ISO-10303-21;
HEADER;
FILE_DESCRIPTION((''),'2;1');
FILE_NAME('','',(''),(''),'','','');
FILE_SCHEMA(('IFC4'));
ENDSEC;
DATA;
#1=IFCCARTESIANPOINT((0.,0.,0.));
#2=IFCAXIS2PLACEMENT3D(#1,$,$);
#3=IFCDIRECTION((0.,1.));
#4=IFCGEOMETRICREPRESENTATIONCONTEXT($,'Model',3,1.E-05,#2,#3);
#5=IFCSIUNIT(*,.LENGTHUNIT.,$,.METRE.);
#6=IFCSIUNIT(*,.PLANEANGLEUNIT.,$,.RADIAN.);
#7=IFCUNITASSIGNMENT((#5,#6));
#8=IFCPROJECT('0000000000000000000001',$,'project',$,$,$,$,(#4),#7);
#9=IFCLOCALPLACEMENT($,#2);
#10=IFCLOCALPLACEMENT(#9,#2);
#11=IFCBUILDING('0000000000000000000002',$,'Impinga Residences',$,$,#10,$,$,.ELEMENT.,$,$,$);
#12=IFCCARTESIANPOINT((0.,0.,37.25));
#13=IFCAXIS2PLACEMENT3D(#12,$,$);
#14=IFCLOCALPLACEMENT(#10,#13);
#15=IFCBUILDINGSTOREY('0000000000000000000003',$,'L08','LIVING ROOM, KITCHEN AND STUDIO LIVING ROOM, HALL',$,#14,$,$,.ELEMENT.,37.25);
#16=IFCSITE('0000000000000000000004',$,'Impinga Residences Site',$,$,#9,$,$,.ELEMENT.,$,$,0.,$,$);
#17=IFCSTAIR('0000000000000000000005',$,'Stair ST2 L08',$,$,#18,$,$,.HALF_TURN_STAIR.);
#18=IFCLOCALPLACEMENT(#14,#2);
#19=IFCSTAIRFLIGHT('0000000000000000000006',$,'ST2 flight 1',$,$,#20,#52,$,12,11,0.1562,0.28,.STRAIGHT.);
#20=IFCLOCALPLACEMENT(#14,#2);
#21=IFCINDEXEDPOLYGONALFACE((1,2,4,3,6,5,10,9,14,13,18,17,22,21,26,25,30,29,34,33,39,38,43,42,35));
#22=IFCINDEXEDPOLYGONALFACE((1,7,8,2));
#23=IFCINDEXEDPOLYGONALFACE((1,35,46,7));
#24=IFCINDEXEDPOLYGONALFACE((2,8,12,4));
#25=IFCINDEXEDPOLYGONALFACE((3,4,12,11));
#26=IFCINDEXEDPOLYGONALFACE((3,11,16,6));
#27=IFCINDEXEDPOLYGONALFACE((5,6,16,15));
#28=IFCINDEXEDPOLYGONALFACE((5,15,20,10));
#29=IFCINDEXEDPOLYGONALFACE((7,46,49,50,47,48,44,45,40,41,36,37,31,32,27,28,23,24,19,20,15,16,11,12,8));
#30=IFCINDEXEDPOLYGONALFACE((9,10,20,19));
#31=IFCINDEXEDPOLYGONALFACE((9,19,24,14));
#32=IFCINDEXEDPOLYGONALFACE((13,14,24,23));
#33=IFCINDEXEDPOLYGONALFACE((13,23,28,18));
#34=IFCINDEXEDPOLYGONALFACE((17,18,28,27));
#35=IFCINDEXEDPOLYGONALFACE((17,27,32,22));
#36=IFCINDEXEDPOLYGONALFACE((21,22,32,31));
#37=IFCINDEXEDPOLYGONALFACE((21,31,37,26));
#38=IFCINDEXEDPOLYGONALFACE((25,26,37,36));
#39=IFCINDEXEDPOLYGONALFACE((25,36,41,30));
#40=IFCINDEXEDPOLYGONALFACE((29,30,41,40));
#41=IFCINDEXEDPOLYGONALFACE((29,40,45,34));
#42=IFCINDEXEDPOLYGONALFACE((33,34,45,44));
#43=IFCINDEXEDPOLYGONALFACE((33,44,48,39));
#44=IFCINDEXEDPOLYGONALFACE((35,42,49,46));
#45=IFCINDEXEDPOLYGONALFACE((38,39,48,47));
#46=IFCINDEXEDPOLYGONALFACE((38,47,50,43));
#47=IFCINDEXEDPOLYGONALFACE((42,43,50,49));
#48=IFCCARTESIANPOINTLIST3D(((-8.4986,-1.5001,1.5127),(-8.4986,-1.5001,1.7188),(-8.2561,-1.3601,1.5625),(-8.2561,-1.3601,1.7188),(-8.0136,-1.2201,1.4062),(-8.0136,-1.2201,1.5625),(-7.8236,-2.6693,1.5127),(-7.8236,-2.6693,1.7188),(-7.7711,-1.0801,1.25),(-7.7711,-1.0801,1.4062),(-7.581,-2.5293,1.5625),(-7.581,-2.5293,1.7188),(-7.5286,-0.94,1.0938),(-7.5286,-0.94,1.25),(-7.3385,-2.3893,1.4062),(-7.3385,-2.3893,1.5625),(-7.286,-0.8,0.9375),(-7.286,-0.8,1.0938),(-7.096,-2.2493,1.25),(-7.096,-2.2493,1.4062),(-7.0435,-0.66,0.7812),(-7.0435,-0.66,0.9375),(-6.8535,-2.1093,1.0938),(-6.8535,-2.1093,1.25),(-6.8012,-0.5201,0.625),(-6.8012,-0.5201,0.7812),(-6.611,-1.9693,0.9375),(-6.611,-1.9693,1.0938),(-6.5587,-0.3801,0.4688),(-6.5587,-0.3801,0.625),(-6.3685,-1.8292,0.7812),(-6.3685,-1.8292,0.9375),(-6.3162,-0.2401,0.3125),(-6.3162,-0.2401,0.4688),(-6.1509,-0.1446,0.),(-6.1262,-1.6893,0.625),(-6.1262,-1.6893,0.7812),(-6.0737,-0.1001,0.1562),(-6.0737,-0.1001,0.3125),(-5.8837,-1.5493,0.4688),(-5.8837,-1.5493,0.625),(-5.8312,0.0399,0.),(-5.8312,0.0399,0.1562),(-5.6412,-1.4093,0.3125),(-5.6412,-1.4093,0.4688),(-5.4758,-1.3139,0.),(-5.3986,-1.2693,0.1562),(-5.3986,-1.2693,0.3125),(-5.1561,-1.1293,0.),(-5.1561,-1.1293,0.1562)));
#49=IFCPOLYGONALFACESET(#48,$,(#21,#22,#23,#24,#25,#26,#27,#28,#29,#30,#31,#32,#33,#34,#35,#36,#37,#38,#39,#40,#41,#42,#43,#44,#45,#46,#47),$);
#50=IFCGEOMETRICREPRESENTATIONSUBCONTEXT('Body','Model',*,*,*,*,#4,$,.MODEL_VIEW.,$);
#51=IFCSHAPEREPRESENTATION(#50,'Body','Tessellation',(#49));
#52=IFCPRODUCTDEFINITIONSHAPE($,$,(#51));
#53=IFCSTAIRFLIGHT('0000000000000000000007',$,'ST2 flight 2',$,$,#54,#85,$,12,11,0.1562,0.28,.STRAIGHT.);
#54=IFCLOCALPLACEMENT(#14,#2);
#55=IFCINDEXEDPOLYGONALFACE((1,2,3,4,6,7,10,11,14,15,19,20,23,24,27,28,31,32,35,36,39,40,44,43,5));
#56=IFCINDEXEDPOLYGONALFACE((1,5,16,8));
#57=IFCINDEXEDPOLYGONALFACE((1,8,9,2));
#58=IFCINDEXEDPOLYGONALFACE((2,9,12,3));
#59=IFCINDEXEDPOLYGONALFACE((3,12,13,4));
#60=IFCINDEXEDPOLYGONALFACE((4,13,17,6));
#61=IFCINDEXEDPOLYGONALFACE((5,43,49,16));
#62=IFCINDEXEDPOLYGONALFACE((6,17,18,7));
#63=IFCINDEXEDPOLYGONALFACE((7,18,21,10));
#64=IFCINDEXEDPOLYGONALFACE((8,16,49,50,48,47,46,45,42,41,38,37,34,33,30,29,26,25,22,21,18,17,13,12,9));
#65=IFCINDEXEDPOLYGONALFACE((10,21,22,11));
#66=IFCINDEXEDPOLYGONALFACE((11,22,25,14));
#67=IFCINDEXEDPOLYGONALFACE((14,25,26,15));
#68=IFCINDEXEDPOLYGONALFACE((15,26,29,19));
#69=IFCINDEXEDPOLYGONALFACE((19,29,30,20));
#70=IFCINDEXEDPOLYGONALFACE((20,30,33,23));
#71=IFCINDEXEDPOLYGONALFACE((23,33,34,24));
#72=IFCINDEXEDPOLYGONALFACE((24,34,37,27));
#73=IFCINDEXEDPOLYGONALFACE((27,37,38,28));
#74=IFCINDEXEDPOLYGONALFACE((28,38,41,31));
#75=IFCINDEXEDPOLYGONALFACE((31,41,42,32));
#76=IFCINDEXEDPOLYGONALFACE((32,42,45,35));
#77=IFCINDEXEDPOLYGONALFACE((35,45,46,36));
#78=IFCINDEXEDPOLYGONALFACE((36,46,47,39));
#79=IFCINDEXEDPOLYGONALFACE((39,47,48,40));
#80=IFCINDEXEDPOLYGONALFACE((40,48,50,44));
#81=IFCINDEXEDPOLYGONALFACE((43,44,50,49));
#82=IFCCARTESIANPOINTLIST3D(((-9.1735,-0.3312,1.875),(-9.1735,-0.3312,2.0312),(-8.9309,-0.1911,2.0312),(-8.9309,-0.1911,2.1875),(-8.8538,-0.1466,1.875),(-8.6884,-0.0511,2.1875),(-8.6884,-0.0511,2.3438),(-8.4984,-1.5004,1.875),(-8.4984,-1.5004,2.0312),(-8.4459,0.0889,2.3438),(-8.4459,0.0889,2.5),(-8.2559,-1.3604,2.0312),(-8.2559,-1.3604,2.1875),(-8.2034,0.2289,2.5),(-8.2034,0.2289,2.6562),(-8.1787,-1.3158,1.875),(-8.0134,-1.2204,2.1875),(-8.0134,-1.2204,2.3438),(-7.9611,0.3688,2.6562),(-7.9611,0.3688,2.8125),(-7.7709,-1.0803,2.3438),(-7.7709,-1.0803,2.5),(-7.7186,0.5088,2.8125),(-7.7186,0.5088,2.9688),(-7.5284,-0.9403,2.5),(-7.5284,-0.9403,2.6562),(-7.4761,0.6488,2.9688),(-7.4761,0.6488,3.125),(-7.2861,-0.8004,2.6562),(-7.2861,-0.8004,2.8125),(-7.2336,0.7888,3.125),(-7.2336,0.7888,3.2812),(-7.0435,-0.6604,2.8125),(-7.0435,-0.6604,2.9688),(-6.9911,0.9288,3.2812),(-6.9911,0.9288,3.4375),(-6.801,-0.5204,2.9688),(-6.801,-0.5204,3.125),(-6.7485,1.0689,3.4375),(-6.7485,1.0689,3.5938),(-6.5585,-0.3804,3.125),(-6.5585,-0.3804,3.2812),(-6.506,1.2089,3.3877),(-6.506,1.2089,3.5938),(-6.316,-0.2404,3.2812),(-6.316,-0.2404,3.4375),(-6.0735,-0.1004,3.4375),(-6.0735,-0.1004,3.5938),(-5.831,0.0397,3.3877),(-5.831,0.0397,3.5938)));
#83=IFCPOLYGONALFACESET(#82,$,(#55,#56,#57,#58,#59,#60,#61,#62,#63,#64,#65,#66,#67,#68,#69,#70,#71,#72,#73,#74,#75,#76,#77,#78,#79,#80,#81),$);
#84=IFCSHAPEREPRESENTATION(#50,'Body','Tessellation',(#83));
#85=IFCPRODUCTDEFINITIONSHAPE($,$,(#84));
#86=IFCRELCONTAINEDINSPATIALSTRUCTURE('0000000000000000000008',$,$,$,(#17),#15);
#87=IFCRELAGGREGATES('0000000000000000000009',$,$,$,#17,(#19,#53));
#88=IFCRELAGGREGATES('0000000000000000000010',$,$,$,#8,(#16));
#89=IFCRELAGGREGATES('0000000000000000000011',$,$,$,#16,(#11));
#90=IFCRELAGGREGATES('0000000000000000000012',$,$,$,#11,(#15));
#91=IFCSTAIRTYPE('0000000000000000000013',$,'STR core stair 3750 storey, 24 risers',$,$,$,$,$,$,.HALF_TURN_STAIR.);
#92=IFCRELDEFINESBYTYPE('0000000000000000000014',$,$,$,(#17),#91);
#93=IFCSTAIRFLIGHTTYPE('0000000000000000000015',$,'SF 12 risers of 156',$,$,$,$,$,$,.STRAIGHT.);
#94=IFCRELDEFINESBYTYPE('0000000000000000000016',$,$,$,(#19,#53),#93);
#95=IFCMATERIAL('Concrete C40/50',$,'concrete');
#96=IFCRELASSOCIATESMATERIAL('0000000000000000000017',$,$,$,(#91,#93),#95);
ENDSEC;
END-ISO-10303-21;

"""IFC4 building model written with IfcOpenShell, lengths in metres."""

from ifc_helpers import new_model, si_unit, direction, frame, origin, place, context, subcontext, project, spatial, polyline, outline, extrude, material, type_object, element, aggregate, save


model = new_model("IFC4")

# Units and contexts
model_context = context("Model", 3, precision=1e-05, world=origin(), true_north=direction((0.0, 1.0)))
body_context = subcontext(model_context, "Body", "Model", "MODEL_VIEW")
ifc_project = project(units=[si_unit("LENGTHUNIT", "METRE"), si_unit("PLANEANGLEUNIT", "RADIAN")], contexts=[model_context])

# Site, building, storey
site_placement = place(None, origin())
site = spatial("IfcSite", under=ifc_project, at=site_placement, Name="Impinga Residences Site", CompositionType="ELEMENT", RefElevation=0.0)
building_placement = place(site_placement, origin())
building = spatial("IfcBuilding", under=site, at=building_placement, Name="Impinga Residences", CompositionType="ELEMENT")
storey_placement = place(building_placement, frame((0.0, 0.0, 37.25)))
storey = spatial("IfcBuildingStorey", under=building, at=storey_placement, Name="L08", Description="LIVING ROOM, KITCHEN AND STUDIO LIVING ROOM, HALL", CompositionType="ELEMENT", Elevation=37.25)

# Stair, stair flights
ifc_material_1 = material(Name="Concrete C40/50", Category="concrete")
stair_type = type_object("IfcStairType", Name="STR core stair 3750 storey, 24 risers", PredefinedType="HALF_TURN_STAIR", material=ifc_material_1)
stair_placement = place(storey_placement, origin())
stair = element("IfcStair", 1, at=stair_placement, inside=storey, type_object=stair_type, Name="Stair ST2 L08", PredefinedType="HALF_TURN_STAIR")
stair_flight_type = type_object("IfcStairFlightType", Name="SF 12 risers of 156", PredefinedType="STRAIGHT", material=ifc_material_1)
stair_flight_1_placement = place(storey_placement, frame((-5.4937, -0.5447, 0.0), z_axis=(0.0, 0.0, 1.0), x_axis=(-0.866025, -0.5, 0.0)))
stair_flight_1 = element("IfcStairFlight", 2, at=stair_flight_1_placement, type_object=stair_flight_type, Name="ST2 flight 1", NumberOfRisers=12, NumberOfTreads=11, PredefinedType="STRAIGHT", RiserHeight=0.1562, TreadLength=0.28, context=body_context, shape_type="SweptSolid", body=[
    extrude(outline(polyline([(0.0, 0.0), (0.0, 0.1562), (0.28, 0.1562), (0.28, 0.3125), (0.5601, 0.3125), (0.5601, 0.4688), (0.8401, 0.4688), (0.8401, 0.625), (1.1201, 0.625), (1.1201, 0.7812), (1.3999, 0.7812), (1.3999, 0.9375), (1.6799, 0.9375), (1.6799, 1.0938), (1.96, 1.0938), (1.96, 1.25), (2.24, 1.25), (2.24, 1.4062), (2.52, 1.4062), (2.52, 1.5625), (2.8, 1.5625), (2.8, 1.7188), (3.0801, 1.7188), (3.0801, 1.875), (3.0801, 1.5127), (0.3691, 0.0), (0.0, 0.0)])), frame((0.0, 0.675, 0.0), z_axis=(0.0, -1.0, 0.0), x_axis=(1.0, 0.0, 0.0)), (0.0, 0.0, 1.0), 1.3501),
])
stair_flight_2_placement = place(storey_placement, frame((-8.8359, -0.9158, 1.875), z_axis=(0.0, 0.0, 1.0), x_axis=(0.866025, 0.5, 0.0)))
stair_flight_2 = element("IfcStairFlight", 3, at=stair_flight_2_placement, type_object=stair_flight_type, Name="ST2 flight 2", NumberOfRisers=12, NumberOfTreads=11, PredefinedType="STRAIGHT", RiserHeight=0.1562, TreadLength=0.28, context=body_context, shape_type="SweptSolid", body=[
    extrude(outline(polyline([(0.0, 0.0), (0.0, 0.1562), (0.28, 0.1562), (0.28, 0.3125), (0.5601, 0.3125), (0.5601, 0.4688), (0.8401, 0.4688), (0.8401, 0.625), (1.1201, 0.625), (1.1201, 0.7812), (1.3999, 0.7812), (1.3999, 0.9375), (1.6799, 0.9375), (1.6799, 1.0938), (1.96, 1.0938), (1.96, 1.25), (2.24, 1.25), (2.24, 1.4062), (2.52, 1.4062), (2.52, 1.5625), (2.8, 1.5625), (2.8, 1.7188), (3.0801, 1.7188), (3.0801, 1.875), (3.0801, 1.5127), (0.3691, 0.0), (0.0, 0.0)])), frame((0.0, 0.675, 0.0), z_axis=(0.0, -1.0, 0.0), x_axis=(1.0, 0.0, 0.0)), (0.0, 0.0, 1.0), 1.3501),
])
aggregate(stair, [stair_flight_1, stair_flight_2])

save(model, "model.ifc")
